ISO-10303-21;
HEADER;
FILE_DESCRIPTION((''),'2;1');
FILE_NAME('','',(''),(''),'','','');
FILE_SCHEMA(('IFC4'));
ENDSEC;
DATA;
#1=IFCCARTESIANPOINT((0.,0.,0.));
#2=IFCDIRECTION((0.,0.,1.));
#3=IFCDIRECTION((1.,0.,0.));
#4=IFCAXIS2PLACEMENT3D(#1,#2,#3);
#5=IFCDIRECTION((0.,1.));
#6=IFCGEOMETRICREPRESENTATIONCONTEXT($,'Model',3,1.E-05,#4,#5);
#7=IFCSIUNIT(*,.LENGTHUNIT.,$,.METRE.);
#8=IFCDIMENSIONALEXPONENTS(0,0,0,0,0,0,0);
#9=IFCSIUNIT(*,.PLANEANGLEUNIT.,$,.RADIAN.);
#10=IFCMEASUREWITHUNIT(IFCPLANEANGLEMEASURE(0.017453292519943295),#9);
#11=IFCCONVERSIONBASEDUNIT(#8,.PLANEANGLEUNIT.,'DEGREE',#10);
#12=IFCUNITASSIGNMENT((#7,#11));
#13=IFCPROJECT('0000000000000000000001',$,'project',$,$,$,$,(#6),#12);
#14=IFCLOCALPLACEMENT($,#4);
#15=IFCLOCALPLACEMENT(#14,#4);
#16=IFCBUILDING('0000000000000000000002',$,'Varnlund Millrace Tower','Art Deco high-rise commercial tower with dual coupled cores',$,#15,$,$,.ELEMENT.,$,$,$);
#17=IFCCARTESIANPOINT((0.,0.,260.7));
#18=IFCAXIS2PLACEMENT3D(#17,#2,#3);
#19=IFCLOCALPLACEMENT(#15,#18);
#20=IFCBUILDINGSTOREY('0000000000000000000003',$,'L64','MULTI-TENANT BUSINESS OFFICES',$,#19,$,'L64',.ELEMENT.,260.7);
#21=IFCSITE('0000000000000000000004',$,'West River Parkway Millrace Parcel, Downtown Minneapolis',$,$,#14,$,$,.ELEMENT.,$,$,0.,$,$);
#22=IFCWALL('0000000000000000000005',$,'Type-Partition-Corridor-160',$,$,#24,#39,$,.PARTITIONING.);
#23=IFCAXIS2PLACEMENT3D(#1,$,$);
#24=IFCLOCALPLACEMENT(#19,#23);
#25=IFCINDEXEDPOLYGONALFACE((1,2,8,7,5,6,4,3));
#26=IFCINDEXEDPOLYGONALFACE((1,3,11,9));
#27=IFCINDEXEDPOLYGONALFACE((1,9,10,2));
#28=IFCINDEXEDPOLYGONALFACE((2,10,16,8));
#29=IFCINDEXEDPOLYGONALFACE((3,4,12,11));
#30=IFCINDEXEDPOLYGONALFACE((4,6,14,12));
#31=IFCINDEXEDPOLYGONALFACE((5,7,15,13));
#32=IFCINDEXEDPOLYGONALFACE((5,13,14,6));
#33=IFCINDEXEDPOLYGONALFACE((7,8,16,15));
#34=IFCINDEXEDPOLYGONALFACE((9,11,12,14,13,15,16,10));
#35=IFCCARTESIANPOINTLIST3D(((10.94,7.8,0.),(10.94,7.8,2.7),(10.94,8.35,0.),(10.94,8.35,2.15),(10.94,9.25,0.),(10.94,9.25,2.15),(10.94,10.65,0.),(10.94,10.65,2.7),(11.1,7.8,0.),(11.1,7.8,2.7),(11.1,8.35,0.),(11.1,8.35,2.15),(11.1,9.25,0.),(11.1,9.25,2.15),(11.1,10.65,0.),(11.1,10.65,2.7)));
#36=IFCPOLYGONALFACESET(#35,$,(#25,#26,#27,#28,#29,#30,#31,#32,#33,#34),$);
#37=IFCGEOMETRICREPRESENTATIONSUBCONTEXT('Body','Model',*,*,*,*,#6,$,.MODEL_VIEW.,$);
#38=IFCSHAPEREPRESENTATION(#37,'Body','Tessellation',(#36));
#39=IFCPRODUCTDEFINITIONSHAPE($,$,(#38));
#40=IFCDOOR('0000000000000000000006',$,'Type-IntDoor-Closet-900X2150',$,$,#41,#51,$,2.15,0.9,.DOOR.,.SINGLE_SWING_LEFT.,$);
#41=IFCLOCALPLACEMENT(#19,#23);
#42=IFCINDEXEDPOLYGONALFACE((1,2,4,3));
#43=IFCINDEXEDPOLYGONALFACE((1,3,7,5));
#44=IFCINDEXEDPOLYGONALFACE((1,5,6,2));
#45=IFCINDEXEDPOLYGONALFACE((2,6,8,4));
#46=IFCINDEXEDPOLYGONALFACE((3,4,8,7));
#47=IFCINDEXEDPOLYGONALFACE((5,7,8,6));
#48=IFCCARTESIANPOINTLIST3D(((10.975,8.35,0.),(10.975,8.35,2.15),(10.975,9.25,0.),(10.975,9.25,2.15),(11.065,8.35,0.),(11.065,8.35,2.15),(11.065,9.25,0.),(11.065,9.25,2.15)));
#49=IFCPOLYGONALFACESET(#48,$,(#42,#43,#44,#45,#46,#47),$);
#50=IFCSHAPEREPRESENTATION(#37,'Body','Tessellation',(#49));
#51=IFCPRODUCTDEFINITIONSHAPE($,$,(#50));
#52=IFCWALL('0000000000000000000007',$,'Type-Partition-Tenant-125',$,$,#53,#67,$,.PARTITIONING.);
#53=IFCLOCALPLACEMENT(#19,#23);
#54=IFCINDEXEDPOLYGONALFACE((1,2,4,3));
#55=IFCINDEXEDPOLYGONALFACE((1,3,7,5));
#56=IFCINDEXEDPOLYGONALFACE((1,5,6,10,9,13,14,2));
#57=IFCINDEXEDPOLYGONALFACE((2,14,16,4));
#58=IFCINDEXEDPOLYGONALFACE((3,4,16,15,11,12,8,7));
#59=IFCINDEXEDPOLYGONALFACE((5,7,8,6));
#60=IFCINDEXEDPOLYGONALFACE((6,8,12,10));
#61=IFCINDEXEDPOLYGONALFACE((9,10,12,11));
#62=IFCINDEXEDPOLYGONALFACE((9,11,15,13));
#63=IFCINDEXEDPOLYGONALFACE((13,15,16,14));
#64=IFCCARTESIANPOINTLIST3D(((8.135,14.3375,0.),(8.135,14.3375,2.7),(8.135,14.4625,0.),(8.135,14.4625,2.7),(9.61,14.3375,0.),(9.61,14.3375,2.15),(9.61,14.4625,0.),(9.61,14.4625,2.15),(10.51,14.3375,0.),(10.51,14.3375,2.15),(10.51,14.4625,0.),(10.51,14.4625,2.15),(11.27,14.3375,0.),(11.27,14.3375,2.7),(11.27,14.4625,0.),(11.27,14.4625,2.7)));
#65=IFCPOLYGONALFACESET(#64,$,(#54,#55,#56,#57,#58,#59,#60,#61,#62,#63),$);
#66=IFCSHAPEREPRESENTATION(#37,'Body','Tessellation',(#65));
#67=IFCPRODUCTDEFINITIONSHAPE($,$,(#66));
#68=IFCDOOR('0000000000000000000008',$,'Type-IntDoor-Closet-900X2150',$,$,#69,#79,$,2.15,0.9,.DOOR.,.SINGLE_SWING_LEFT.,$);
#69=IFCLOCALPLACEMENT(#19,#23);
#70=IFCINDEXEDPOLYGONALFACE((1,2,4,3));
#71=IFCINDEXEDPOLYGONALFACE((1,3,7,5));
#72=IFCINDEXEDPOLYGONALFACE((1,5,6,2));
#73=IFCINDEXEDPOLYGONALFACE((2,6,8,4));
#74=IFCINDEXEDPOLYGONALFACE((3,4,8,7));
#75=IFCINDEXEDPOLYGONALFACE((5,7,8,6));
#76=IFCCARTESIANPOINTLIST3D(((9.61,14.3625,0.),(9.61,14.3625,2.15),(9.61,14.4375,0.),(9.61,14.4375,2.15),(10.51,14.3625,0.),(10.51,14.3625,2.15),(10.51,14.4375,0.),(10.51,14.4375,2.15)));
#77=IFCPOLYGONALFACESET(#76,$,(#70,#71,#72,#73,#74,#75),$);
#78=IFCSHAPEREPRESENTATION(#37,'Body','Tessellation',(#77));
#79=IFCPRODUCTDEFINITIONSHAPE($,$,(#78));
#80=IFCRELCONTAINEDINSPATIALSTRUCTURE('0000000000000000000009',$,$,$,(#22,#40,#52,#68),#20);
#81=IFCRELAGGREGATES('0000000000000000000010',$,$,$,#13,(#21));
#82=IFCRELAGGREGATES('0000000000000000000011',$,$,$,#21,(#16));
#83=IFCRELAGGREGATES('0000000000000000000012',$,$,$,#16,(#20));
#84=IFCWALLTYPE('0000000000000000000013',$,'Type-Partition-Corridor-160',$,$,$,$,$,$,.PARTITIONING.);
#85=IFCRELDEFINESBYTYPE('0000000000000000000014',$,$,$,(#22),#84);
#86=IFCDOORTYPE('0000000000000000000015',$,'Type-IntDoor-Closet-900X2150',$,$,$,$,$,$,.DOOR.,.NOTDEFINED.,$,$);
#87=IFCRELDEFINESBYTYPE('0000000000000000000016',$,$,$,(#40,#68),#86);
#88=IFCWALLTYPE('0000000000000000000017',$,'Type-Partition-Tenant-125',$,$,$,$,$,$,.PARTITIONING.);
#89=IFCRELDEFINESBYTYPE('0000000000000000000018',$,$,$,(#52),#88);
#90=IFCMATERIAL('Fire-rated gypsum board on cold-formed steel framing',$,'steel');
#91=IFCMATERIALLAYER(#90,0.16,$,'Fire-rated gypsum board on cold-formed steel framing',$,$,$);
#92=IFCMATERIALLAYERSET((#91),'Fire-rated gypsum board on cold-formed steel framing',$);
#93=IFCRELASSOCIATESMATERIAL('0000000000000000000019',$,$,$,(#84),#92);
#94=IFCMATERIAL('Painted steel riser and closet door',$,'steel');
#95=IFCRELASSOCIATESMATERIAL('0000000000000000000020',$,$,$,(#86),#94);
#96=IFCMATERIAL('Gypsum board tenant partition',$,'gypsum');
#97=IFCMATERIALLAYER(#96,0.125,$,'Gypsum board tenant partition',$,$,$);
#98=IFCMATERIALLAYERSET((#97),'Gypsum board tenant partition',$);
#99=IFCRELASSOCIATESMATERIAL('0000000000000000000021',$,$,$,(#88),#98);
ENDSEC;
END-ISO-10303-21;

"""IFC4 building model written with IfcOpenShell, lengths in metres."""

from ifc_helpers import new_model, entity, si_unit, converted_unit, direction, frame, origin_with_axes, origin_2d_with_axis, place, context, subcontext, project, spatial, polyline, rectangle, outline, extrude, material, layer, layer_set, type_object, element, fill, save


model = new_model("IFC4")

# Units and contexts
model_context = context("Model", 3, precision=1e-05, world=origin_with_axes(), true_north=direction((0.0, 1.0)))
body_context = subcontext(model_context, "Body", "Model", "MODEL_VIEW")
ifc_project = project(units=[si_unit("LENGTHUNIT", "METRE"), converted_unit("PLANEANGLEUNIT", "DEGREE", entity("IfcPlaneAngleMeasure", 0.017453292519943295), si_unit("PLANEANGLEUNIT", "RADIAN"), dimensions=[0, 0, 0, 0, 0, 0, 0])], contexts=[model_context])

# Site, building, storey
site_placement = place(None, origin_with_axes())
site = spatial("IfcSite", under=ifc_project, at=site_placement, Name="West River Parkway Millrace Parcel, Downtown Minneapolis", CompositionType="ELEMENT", RefElevation=0.0)
building_placement = place(site_placement, origin_with_axes())
building = spatial("IfcBuilding", under=site, at=building_placement, Name="Varnlund Millrace Tower", Description="Art Deco high-rise commercial tower with dual coupled cores", CompositionType="ELEMENT")
storey_placement = place(building_placement, frame((0.0, 0.0, 260.7), z_axis=(0.0, 0.0, 1.0), x_axis=(1.0, 0.0, 0.0)))
storey = spatial("IfcBuildingStorey", under=building, at=storey_placement, Name="L64", Description="MULTI-TENANT BUSINESS OFFICES", LongName="L64", CompositionType="ELEMENT", Elevation=260.7)

# Walls, openings, doors
ifc_material_1 = material(Name="Fire-rated gypsum board on cold-formed steel framing", Category="steel")
ifc_layer_1 = layer(ifc_material_1, 0.16, Name="Fire-rated gypsum board on cold-formed steel framing")
ifc_layer_set_1 = layer_set([ifc_layer_1], Name="Fire-rated gypsum board on cold-formed steel framing")
wall_type_1 = type_object("IfcWallType", Name="Type-Partition-Corridor-160", PredefinedType="PARTITIONING", material=ifc_layer_set_1)
wall_1_placement = place(storey_placement, frame((11.02, 7.8, 0.0), z_axis=(0.0, 0.0, 1.0), x_axis=(0.0, 1.0, 0.0)))
wall_1 = element("IfcWall", 1, at=wall_1_placement, inside=storey, type_object=wall_type_1, Name="Type-Partition-Corridor-160", PredefinedType="PARTITIONING", context=body_context, shape_type="SweptSolid", body=[
    extrude(outline(polyline([(0.0, -0.08), (2.85, -0.08), (2.85, 0.08), (0.0, 0.08), (0.0, -0.08)])), origin_with_axes(), (0.0, 0.0, 1.0), 2.7),
])
opening_1_placement = place(wall_1_placement, frame((1.0, 0.0, 0.0), z_axis=(0.0, 0.0, 1.0), x_axis=(1.0, 0.0, 0.0)))
opening_1 = element("IfcOpeningElement", 2, at=opening_1_placement, cuts=wall_1, PredefinedType="OPENING", context=body_context, shape_type="SweptSolid", body=[
    extrude(rectangle(XDim=0.9, YDim=0.18, at=origin_2d_with_axis()), origin_with_axes(), (0.0, 0.0, 1.0), 2.15),
])
ifc_material_2 = material(Name="Painted steel riser and closet door", Category="steel")
door_type = type_object("IfcDoorType", Name="Type-IntDoor-Closet-900X2150", OperationType="NOTDEFINED", PredefinedType="DOOR", material=ifc_material_2)
door_1_placement = place(wall_1_placement, frame((1.0, 0.0, 0.0), z_axis=(0.0, 0.0, 1.0), x_axis=(1.0, 0.0, 0.0)))
door_1 = element("IfcDoor", 3, at=door_1_placement, inside=storey, type_object=door_type, Name="Type-IntDoor-Closet-900X2150", OperationType="SINGLE_SWING_LEFT", OverallHeight=2.15, OverallWidth=0.9, PredefinedType="DOOR", context=body_context, shape_type="SweptSolid", body=[
    extrude(rectangle(XDim=0.9, YDim=0.09, at=origin_2d_with_axis()), origin_with_axes(), (0.0, 0.0, 1.0), 2.15),
])
fill(opening_1, door_1)
ifc_material_3 = material(Name="Gypsum board tenant partition", Category="gypsum")
ifc_layer_2 = layer(ifc_material_3, 0.125, Name="Gypsum board tenant partition")
ifc_layer_set_2 = layer_set([ifc_layer_2], Name="Gypsum board tenant partition")
wall_type_2 = type_object("IfcWallType", Name="Type-Partition-Tenant-125", PredefinedType="PARTITIONING", material=ifc_layer_set_2)
wall_2_placement = place(storey_placement, frame((8.135, 14.4, 0.0), z_axis=(0.0, 0.0, 1.0), x_axis=(1.0, 0.0, 0.0)))
wall_2 = element("IfcWall", 4, at=wall_2_placement, inside=storey, type_object=wall_type_2, Name="Type-Partition-Tenant-125", PredefinedType="PARTITIONING", context=body_context, shape_type="SweptSolid", body=[
    extrude(outline(polyline([(0.0, -0.0625), (3.135, -0.0625), (3.135, 0.0625), (0.0, 0.0625), (0.0, -0.0625)])), origin_with_axes(), (0.0, 0.0, 1.0), 2.7),
])
opening_2_placement = place(wall_2_placement, frame((1.925, 0.0, 0.0), z_axis=(0.0, 0.0, 1.0), x_axis=(1.0, 0.0, 0.0)))
opening_2 = element("IfcOpeningElement", 5, at=opening_2_placement, cuts=wall_2, PredefinedType="OPENING", context=body_context, shape_type="SweptSolid", body=[
    extrude(rectangle(XDim=0.9, YDim=0.145, at=origin_2d_with_axis()), origin_with_axes(), (0.0, 0.0, 1.0), 2.15),
])
door_2_placement = place(wall_2_placement, frame((1.925, 0.0, 0.0), z_axis=(0.0, 0.0, 1.0), x_axis=(1.0, 0.0, 0.0)))
door_2 = element("IfcDoor", 6, at=door_2_placement, inside=storey, type_object=door_type, Name="Type-IntDoor-Closet-900X2150", OperationType="SINGLE_SWING_LEFT", OverallHeight=2.15, OverallWidth=0.9, PredefinedType="DOOR", context=body_context, shape_type="SweptSolid", body=[
    extrude(rectangle(XDim=0.9, YDim=0.075, at=origin_2d_with_axis()), origin_with_axes(), (0.0, 0.0, 1.0), 2.15),
])
fill(opening_2, door_2)

save(model, "model.ifc")
